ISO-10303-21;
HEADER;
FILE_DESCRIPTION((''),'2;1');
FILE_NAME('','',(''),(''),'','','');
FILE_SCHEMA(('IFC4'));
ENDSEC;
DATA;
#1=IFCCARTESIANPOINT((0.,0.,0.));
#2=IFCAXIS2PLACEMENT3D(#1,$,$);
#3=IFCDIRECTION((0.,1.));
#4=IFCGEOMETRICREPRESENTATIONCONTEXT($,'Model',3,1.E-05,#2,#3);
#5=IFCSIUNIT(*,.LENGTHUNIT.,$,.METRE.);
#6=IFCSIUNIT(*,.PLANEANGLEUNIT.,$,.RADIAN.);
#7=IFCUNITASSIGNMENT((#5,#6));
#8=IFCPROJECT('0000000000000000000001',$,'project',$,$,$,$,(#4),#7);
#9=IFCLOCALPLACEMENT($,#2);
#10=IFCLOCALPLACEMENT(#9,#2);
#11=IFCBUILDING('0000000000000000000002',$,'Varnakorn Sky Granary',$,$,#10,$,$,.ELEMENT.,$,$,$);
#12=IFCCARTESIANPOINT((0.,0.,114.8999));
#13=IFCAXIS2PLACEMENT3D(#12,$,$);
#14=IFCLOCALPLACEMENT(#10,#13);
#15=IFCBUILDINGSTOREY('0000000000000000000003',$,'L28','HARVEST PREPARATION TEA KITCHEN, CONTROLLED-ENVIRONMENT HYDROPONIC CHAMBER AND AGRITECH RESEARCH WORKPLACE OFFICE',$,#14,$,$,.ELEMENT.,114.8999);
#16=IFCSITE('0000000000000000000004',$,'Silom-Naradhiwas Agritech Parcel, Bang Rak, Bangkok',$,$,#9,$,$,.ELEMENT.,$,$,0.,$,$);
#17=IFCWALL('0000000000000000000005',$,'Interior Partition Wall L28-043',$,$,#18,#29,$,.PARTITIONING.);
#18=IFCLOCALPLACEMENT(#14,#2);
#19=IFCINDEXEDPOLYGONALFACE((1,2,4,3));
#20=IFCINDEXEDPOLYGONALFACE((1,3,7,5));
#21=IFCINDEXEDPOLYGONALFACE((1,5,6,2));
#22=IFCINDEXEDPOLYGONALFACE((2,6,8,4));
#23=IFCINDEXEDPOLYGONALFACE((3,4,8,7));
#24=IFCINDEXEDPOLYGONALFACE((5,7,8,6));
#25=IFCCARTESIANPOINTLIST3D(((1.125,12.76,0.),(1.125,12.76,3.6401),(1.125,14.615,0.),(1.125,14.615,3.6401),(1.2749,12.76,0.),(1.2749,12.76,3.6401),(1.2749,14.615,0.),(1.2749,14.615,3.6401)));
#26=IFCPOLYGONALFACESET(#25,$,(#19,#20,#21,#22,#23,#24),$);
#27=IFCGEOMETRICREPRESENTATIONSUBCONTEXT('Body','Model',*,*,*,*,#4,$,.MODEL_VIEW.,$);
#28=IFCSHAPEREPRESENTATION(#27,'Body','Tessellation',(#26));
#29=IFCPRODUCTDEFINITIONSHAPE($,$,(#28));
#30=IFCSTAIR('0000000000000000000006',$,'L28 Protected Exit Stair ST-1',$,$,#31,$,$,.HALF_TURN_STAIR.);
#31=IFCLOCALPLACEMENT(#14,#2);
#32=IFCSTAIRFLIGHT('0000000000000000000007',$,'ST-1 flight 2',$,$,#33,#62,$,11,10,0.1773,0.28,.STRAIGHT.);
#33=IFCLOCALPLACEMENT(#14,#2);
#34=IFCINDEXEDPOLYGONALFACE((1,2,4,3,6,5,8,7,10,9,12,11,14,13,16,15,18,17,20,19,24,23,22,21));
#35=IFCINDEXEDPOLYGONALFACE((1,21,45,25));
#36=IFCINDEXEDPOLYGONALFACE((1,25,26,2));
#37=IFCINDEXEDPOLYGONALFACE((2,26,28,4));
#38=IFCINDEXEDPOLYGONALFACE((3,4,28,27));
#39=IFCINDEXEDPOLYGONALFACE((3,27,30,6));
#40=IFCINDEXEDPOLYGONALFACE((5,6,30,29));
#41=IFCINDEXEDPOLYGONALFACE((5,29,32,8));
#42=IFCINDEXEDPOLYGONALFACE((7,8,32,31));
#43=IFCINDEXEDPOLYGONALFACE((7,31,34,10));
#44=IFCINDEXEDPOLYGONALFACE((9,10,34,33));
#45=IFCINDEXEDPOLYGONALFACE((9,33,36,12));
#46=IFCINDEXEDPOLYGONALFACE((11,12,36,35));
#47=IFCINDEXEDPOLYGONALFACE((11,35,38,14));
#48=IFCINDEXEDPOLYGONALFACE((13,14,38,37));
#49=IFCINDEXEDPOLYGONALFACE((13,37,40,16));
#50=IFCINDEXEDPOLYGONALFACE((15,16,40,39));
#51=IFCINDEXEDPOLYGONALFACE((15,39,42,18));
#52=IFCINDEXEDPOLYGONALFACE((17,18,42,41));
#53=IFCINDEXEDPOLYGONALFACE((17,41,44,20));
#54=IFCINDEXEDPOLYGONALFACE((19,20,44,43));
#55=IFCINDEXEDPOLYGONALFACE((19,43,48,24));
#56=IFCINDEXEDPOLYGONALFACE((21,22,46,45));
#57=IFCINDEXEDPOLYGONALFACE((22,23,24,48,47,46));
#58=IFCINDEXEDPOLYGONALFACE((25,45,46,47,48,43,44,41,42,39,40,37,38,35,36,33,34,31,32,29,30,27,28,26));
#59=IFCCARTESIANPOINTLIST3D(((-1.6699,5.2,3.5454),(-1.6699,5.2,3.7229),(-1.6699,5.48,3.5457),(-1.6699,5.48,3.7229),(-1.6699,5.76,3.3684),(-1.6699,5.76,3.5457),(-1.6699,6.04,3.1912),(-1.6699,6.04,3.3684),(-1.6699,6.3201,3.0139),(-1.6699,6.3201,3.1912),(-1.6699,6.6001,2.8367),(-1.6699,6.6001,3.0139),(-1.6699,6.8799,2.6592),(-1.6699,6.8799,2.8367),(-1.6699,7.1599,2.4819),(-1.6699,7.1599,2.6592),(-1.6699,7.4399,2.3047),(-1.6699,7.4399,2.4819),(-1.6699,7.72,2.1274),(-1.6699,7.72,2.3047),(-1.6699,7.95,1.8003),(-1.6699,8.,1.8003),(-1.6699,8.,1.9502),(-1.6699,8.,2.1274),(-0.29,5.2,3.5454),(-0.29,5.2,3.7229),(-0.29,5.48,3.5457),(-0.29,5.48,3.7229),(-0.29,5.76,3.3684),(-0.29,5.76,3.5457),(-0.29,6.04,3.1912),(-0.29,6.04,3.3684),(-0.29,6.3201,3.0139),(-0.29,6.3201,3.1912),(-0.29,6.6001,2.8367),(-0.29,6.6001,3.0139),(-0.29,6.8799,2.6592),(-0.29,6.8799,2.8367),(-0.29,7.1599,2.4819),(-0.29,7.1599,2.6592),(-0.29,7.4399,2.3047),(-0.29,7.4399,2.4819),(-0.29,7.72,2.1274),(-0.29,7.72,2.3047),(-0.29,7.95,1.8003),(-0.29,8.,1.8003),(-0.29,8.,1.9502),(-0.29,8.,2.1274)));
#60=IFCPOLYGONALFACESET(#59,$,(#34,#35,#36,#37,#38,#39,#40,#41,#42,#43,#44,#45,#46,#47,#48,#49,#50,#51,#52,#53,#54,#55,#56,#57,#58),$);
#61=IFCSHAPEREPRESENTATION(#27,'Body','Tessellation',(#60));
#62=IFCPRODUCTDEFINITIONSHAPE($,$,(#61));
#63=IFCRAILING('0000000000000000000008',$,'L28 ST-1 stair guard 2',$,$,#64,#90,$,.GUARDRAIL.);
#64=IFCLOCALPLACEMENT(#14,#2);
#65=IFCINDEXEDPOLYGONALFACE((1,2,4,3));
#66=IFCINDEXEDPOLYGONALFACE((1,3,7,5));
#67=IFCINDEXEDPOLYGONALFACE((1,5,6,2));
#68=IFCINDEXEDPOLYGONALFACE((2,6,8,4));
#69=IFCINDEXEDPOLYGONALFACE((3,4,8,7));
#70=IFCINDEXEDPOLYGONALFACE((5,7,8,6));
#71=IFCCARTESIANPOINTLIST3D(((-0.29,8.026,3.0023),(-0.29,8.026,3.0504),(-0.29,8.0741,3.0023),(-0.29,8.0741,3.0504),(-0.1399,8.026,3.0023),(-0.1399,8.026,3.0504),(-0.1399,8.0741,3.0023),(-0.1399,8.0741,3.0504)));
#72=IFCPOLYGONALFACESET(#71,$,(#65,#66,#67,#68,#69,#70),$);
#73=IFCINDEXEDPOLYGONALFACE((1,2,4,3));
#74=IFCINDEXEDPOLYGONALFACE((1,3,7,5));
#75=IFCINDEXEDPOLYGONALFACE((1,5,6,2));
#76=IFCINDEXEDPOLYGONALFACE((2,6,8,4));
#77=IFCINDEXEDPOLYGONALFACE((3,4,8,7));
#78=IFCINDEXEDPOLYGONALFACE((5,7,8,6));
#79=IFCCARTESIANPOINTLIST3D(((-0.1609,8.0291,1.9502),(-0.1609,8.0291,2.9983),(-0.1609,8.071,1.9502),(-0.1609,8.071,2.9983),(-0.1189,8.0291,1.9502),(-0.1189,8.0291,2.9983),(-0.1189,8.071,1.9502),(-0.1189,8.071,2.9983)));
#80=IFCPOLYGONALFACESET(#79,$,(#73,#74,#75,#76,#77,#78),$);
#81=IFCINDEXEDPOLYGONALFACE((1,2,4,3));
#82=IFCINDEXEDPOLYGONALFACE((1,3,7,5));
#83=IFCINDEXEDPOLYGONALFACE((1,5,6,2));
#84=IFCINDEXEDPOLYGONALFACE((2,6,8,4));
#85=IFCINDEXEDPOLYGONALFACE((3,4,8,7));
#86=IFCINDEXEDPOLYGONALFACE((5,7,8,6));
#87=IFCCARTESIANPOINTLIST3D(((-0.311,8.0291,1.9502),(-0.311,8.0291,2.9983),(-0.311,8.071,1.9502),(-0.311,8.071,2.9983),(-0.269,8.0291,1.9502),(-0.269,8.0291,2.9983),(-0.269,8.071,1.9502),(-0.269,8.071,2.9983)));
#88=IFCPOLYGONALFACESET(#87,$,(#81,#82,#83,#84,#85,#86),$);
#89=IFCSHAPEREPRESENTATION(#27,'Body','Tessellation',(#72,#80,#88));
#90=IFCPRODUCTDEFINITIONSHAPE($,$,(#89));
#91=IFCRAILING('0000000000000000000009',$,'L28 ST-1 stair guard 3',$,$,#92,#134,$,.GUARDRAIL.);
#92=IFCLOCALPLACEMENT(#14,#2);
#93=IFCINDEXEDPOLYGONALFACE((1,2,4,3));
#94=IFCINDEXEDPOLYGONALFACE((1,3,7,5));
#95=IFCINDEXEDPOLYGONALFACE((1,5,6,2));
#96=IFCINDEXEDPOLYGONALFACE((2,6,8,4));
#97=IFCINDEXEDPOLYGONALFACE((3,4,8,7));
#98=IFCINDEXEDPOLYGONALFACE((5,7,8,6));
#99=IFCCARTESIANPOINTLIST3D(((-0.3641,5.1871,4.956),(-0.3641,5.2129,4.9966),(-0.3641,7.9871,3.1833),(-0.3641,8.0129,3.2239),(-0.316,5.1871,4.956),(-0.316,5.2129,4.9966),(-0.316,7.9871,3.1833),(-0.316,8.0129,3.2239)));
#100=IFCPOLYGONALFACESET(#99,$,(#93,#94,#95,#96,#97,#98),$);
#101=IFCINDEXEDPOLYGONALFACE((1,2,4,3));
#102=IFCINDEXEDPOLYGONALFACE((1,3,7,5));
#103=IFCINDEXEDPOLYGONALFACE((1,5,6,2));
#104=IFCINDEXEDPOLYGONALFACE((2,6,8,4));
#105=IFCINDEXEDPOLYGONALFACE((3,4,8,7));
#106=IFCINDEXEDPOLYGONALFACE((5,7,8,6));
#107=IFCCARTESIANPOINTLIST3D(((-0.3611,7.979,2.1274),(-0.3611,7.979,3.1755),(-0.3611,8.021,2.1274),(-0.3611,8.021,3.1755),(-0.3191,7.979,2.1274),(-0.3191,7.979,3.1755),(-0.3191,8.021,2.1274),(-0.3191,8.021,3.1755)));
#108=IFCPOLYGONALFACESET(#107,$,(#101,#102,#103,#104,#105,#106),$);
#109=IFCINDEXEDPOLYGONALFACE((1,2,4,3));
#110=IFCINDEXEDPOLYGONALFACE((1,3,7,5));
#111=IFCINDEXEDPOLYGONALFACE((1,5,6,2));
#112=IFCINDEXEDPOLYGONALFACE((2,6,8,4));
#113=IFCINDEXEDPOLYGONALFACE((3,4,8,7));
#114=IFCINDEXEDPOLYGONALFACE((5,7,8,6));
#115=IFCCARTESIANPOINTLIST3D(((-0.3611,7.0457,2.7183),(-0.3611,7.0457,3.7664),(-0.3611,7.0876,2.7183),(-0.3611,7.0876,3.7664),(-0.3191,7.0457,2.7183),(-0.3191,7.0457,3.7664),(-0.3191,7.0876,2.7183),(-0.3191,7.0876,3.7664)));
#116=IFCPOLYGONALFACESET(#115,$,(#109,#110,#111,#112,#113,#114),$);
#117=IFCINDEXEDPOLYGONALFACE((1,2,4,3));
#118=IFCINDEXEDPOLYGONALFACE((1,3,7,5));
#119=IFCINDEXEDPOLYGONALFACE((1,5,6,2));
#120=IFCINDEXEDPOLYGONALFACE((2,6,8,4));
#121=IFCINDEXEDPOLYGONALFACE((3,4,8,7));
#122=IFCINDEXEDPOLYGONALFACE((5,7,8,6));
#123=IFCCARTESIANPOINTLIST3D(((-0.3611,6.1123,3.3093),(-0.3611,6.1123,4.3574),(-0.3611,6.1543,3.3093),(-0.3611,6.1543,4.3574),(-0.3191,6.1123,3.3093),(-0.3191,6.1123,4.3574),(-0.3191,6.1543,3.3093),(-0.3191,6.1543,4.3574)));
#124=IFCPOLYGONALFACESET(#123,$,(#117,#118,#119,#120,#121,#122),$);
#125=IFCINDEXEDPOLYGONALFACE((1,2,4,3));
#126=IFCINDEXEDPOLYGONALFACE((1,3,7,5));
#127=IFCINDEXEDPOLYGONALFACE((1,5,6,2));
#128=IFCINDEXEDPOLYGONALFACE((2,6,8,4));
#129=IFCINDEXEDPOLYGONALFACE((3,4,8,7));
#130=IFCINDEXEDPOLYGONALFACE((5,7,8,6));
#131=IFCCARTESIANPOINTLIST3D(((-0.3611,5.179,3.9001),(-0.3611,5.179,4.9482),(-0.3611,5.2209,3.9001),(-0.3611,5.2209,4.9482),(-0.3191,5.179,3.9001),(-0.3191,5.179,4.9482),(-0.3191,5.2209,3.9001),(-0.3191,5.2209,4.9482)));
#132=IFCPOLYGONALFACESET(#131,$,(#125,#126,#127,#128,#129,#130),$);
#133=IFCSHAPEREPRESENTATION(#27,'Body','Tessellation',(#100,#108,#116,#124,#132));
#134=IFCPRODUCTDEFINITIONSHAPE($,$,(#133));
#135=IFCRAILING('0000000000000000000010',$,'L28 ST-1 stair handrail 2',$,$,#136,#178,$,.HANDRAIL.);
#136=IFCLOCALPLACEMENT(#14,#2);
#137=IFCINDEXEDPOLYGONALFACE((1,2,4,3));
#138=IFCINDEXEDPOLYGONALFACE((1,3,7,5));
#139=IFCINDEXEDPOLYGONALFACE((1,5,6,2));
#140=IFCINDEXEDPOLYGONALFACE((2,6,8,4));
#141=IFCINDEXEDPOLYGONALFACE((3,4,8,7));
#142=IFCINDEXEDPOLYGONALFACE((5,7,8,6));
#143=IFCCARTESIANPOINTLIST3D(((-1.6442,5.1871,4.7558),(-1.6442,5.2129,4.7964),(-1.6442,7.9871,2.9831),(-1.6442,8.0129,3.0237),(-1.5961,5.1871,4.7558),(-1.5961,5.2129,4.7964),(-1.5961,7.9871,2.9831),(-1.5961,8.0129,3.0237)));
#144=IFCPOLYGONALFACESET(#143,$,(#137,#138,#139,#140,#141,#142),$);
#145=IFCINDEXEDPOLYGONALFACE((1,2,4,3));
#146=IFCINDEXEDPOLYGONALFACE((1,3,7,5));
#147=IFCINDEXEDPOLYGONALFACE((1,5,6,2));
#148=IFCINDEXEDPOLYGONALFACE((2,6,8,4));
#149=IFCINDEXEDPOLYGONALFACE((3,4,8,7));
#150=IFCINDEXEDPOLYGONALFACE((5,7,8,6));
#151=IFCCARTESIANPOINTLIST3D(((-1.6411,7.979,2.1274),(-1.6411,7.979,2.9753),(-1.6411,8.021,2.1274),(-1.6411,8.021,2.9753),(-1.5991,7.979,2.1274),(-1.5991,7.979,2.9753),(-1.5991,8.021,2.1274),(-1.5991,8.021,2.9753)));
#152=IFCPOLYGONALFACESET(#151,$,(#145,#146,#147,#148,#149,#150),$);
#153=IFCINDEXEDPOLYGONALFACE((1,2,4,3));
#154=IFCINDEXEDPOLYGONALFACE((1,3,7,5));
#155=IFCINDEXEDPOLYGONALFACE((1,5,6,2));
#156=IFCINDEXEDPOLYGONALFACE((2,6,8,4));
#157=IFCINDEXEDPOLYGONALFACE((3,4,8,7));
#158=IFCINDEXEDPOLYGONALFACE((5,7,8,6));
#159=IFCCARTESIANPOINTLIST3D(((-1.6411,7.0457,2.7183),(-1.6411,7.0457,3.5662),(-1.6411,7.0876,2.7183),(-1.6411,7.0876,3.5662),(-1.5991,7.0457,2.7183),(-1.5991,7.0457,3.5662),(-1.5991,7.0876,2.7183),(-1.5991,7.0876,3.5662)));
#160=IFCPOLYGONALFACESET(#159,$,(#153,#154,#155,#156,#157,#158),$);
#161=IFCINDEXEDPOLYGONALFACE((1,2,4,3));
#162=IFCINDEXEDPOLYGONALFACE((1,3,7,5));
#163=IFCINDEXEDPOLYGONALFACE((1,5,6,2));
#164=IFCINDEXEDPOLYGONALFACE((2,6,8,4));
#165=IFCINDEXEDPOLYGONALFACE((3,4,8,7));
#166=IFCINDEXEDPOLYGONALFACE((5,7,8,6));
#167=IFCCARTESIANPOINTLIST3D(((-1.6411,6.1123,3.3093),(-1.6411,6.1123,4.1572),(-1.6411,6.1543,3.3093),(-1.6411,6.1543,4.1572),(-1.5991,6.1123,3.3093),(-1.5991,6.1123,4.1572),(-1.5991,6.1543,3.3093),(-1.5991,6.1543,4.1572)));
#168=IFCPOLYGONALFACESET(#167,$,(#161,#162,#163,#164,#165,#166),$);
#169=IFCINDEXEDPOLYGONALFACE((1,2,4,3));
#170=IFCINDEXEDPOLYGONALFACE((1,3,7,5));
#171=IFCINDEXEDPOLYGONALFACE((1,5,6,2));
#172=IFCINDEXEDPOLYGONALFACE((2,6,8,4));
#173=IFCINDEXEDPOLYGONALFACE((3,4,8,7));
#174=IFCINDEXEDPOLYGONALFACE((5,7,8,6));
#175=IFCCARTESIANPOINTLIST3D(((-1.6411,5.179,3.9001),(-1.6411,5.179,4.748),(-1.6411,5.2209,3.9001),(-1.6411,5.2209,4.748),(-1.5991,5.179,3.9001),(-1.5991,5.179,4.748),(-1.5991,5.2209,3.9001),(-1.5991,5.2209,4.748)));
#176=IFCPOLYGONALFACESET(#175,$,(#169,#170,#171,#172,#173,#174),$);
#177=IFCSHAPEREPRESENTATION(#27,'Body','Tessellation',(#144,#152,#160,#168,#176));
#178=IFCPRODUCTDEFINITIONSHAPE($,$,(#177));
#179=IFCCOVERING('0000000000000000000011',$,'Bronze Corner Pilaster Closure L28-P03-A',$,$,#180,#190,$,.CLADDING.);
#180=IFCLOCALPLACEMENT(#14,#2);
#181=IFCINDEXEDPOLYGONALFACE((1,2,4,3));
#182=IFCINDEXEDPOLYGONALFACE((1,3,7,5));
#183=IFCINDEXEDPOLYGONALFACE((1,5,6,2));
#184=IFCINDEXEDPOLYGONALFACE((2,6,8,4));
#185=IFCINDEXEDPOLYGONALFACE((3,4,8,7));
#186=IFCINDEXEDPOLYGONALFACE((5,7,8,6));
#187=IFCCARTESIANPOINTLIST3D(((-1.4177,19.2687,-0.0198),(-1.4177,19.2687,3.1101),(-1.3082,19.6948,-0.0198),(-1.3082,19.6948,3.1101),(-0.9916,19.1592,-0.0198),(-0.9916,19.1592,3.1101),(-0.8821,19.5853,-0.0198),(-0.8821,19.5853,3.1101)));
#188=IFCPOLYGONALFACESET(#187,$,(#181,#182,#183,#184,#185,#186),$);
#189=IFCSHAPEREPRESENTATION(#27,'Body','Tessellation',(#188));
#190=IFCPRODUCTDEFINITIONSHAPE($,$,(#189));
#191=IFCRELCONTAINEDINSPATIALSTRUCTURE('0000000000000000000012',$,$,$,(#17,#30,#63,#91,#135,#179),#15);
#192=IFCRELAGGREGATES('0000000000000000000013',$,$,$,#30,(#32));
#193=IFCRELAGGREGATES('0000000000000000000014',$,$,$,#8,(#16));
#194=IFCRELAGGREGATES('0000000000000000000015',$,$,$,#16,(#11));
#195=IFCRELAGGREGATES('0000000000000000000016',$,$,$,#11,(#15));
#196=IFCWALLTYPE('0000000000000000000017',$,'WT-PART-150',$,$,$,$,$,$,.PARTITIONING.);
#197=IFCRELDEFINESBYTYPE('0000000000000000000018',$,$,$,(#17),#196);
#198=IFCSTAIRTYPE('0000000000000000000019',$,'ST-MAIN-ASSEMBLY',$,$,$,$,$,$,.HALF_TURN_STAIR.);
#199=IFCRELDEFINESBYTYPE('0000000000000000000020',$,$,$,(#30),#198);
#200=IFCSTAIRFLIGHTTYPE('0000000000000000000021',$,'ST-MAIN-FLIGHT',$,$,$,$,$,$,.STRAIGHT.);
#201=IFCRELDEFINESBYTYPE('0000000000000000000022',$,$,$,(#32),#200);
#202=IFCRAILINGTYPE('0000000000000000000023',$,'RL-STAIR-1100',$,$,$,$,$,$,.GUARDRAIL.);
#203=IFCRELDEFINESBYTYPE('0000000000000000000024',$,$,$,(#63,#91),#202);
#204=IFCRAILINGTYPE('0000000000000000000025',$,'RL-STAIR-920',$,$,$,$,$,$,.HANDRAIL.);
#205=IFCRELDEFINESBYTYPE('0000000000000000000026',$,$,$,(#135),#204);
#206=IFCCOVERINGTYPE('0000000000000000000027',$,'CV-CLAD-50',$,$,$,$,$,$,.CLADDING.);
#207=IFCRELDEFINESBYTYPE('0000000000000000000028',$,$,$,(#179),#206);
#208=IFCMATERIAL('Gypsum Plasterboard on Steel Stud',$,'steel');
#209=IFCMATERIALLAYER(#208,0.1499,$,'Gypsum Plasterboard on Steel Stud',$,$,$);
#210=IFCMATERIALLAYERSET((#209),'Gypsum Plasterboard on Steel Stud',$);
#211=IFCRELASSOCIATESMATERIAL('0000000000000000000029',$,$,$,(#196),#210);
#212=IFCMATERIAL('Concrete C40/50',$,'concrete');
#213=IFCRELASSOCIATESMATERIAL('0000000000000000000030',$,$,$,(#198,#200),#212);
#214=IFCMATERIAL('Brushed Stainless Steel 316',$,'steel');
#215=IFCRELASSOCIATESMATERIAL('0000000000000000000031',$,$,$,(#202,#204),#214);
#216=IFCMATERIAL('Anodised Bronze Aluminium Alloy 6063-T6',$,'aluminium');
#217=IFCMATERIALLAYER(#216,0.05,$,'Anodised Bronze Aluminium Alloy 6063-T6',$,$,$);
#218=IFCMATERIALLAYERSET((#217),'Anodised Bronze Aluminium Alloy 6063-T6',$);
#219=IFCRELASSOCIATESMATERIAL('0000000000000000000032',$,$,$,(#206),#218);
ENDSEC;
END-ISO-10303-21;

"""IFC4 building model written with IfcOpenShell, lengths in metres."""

from ifc_helpers import new_model, si_unit, direction, frame, frame_2d, origin, origin_2d, place, context, subcontext, project, spatial, polyline, rectangle, outline, extrude, source, transform, mapped, material, layer, layer_set, type_object, type_shapes, element, aggregate, save


model = new_model("IFC4")

# Units and contexts
model_context = context("Model", 3, precision=1e-05, world=origin(), true_north=direction((0.0, 1.0)))
body_context = subcontext(model_context, "Body", "Model", "MODEL_VIEW")
ifc_project = project(units=[si_unit("LENGTHUNIT", "METRE"), si_unit("PLANEANGLEUNIT", "RADIAN")], contexts=[model_context])

# Site, building, storey
site_placement = place(None, origin())
site = spatial("IfcSite", under=ifc_project, at=site_placement, Name="Silom-Naradhiwas Agritech Parcel, Bang Rak, Bangkok", CompositionType="ELEMENT", RefElevation=0.0)
building_placement = place(site_placement, origin())
building = spatial("IfcBuilding", under=site, at=building_placement, Name="Varnakorn Sky Granary", CompositionType="ELEMENT")
storey_placement = place(building_placement, frame((0.0, 0.0, 114.8999)))
storey = spatial("IfcBuildingStorey", under=building, at=storey_placement, Name="L28", Description="HARVEST PREPARATION TEA KITCHEN, CONTROLLED-ENVIRONMENT HYDROPONIC CHAMBER AND AGRITECH RESEARCH WORKPLACE OFFICE", CompositionType="ELEMENT", Elevation=114.8999)

# Wall
ifc_material_1 = material(Name="Gypsum Plasterboard on Steel Stud", Category="steel")
ifc_layer_1 = layer(ifc_material_1, 0.1499, Name="Gypsum Plasterboard on Steel Stud")
ifc_layer_set_1 = layer_set([ifc_layer_1], Name="Gypsum Plasterboard on Steel Stud")
wall_type_1 = type_object("IfcWallType", Name="WT-PART-150", PredefinedType="PARTITIONING", material=ifc_layer_set_1)
wall_1_placement = place(storey_placement, frame((1.2, 14.615, 0.0), z_axis=(0.0, 0.0, 1.0), x_axis=(0.0, -1.0, 0.0)))
element("IfcWall", 1, at=wall_1_placement, inside=storey, type_object=wall_type_1, Name="Interior Partition Wall L28-043", PredefinedType="PARTITIONING", context=body_context, shape_type="SweptSolid", body=[
    extrude(rectangle(XDim=1.855, YDim=0.1499, at=frame_2d((0.9275, 0.0))), origin(), (0.0, 0.0, 1.0), 3.6401),
])

# Stair, stair flight
ifc_material_2 = material(Name="Concrete C40/50", Category="concrete")
stair_type = type_object("IfcStairType", Name="ST-MAIN-ASSEMBLY", PredefinedType="HALF_TURN_STAIR", material=ifc_material_2)
stair_placement = place(storey_placement, origin())
stair = element("IfcStair", 2, at=stair_placement, inside=storey, type_object=stair_type, Name="L28 Protected Exit Stair ST-1", PredefinedType="HALF_TURN_STAIR")
stair_flight_type = type_object("IfcStairFlightType", Name="ST-MAIN-FLIGHT", PredefinedType="STRAIGHT", material=ifc_material_2)
stair_flight_placement = place(storey_placement, frame((-0.98, 8.0, 1.9502), z_axis=(0.0, 0.0, 1.0), x_axis=(0.0, -1.0, 0.0)))
stair_flight = element("IfcStairFlight", 3, at=stair_flight_placement, type_object=stair_flight_type, Name="ST-1 flight 2", NumberOfRisers=11, NumberOfTreads=10, PredefinedType="STRAIGHT", RiserHeight=0.1773, TreadLength=0.28, context=body_context, shape_type="SweptSolid", body=[
    extrude(outline(polyline([(0.0, -0.1499), (0.0, 0.0), (0.0, 0.1772), (0.28, 0.1772), (0.28, 0.3545), (0.5601, 0.3545), (0.5601, 0.5317), (0.8401, 0.5317), (0.8401, 0.709), (1.1201, 0.709), (1.1201, 0.8865), (1.3999, 0.8865), (1.3999, 1.0637), (1.6799, 1.0637), (1.6799, 1.241), (1.96, 1.241), (1.96, 1.4182), (2.24, 1.4182), (2.24, 1.5955), (2.52, 1.5955), (2.52, 1.7727), (2.8, 1.7727), (2.8, 1.95), (2.8, 1.5952), (0.05, -0.1499), (0.0, -0.1499)])), frame((0.0, 0.6899, 0.0), z_axis=(0.0, -1.0, 0.0), x_axis=(1.0, 0.0, 0.0)), (0.0, 0.0, 1.0), 1.3799),
])
aggregate(stair, [stair_flight])

# Railings
ifc_material_3 = material(Name="Brushed Stainless Steel 316", Category="steel")
railing_type_1 = type_object("IfcRailingType", Name="RL-STAIR-1100", PredefinedType="GUARDRAIL", material=ifc_material_3)
railing_1_placement = place(storey_placement, frame((-0.1399, 8.05, 1.9502)))
element("IfcRailing", 4, at=railing_1_placement, inside=storey, type_object=railing_type_1, Name="L28 ST-1 stair guard 2", PredefinedType="GUARDRAIL", context=body_context, shape_type="SweptSolid", body=[
    extrude(rectangle(XDim=0.0481, YDim=0.0481, at=origin_2d()), frame((0.0, 0.0, 1.0762), z_axis=(-1.0, 0.0, 0.0), x_axis=(0.0, -1.0, 0.0)), (0.0, 0.0, 1.0), 0.1501),
    extrude(rectangle(XDim=0.042, YDim=0.042, at=origin_2d()), origin(), (0.0, 0.0, 1.0), 1.0481),
    extrude(rectangle(XDim=0.042, YDim=0.042, at=origin_2d()), frame((-0.1501, 0.0, 0.0)), (0.0, 0.0, 1.0), 1.0481),
])
railing_2_placement = place(storey_placement, frame((-0.3401, 8.0, 2.1274)))
element("IfcRailing", 5, at=railing_2_placement, inside=storey, type_object=railing_type_1, Name="L28 ST-1 stair guard 3", PredefinedType="GUARDRAIL", context=body_context, shape_type="SweptSolid", body=[
    extrude(rectangle(XDim=0.0481, YDim=0.0481, at=origin_2d()), frame((0.0, 0.0, 1.0762), z_axis=(0.0, -0.844909, 0.53491), x_axis=(1.0, 0.0, 0.0)), (0.0, 0.0, 1.0), 3.314),
    extrude(rectangle(XDim=0.042, YDim=0.042, at=origin_2d()), origin(), (0.0, 0.0, 1.0), 1.0481),
    extrude(rectangle(XDim=0.042, YDim=0.042, at=origin_2d()), frame((0.0, -0.9333, 0.5908)), (0.0, 0.0, 1.0), 1.0481),
    extrude(rectangle(XDim=0.042, YDim=0.042, at=origin_2d()), frame((0.0, -1.8667, 1.1819)), (0.0, 0.0, 1.0), 1.0481),
    extrude(rectangle(XDim=0.042, YDim=0.042, at=origin_2d()), frame((0.0, -2.8, 1.7727)), (0.0, 0.0, 1.0), 1.0481),
])
railing_type_2 = type_object("IfcRailingType", Name="RL-STAIR-920", PredefinedType="HANDRAIL", material=ifc_material_3)
railing_3_placement = place(storey_placement, frame((-1.6201, 8.0, 2.1274)))
element("IfcRailing", 6, at=railing_3_placement, inside=storey, type_object=railing_type_2, Name="L28 ST-1 stair handrail 2", PredefinedType="HANDRAIL", context=body_context, shape_type="SweptSolid", body=[
    extrude(rectangle(XDim=0.0481, YDim=0.0481, at=origin_2d()), frame((0.0, 0.0, 0.876), z_axis=(0.0, -0.844909, 0.53491), x_axis=(1.0, 0.0, 0.0)), (0.0, 0.0, 1.0), 3.314),
    extrude(rectangle(XDim=0.042, YDim=0.042, at=origin_2d()), origin(), (0.0, 0.0, 1.0), 0.8479),
    extrude(rectangle(XDim=0.042, YDim=0.042, at=origin_2d()), frame((0.0, -0.9333, 0.5908)), (0.0, 0.0, 1.0), 0.8479),
    extrude(rectangle(XDim=0.042, YDim=0.042, at=origin_2d()), frame((0.0, -1.8667, 1.1819)), (0.0, 0.0, 1.0), 0.8479),
    extrude(rectangle(XDim=0.042, YDim=0.042, at=origin_2d()), frame((0.0, -2.8, 1.7727)), (0.0, 0.0, 1.0), 0.8479),
])

# Covering
ifc_material_4 = material(Name="Anodised Bronze Aluminium Alloy 6063-T6", Category="aluminium")
ifc_layer_2 = layer(ifc_material_4, 0.05, Name="Anodised Bronze Aluminium Alloy 6063-T6")
ifc_layer_set_2 = layer_set([ifc_layer_2], Name="Anodised Bronze Aluminium Alloy 6063-T6")
covering_type = type_object("IfcCoveringType", Name="CV-CLAD-50", PredefinedType="CLADDING", material=ifc_layer_set_2)
shared_shape = source(origin(), body_context, "Body", "SweptSolid", [
    extrude(rectangle(XDim=0.4399, YDim=0.4399, at=origin_2d()), origin(), (0.0, 0.0, 1.0), 3.1299),
])
type_shapes(covering_type, [shared_shape])
covering_placement = place(storey_placement, frame((-1.1499, 19.427, -0.0198), z_axis=(0.0, 0.0, 1.0), x_axis=(0.968496, -0.249028, 0.0)))
element("IfcCovering", 7, at=covering_placement, inside=storey, type_object=covering_type, Name="Bronze Corner Pilaster Closure L28-P03-A", PredefinedType="CLADDING", context=body_context, shape_type="MappedRepresentation", body=[
    mapped(shared_shape, transform((0.0, 0.0, 0.0), x_axis=(1.0, 0.0, 0.0), y_axis=(0.0, 1.0, 0.0), z_axis=(0.0, 0.0, 1.0), scale=1.0)),
])

save(model, "model.ifc")
